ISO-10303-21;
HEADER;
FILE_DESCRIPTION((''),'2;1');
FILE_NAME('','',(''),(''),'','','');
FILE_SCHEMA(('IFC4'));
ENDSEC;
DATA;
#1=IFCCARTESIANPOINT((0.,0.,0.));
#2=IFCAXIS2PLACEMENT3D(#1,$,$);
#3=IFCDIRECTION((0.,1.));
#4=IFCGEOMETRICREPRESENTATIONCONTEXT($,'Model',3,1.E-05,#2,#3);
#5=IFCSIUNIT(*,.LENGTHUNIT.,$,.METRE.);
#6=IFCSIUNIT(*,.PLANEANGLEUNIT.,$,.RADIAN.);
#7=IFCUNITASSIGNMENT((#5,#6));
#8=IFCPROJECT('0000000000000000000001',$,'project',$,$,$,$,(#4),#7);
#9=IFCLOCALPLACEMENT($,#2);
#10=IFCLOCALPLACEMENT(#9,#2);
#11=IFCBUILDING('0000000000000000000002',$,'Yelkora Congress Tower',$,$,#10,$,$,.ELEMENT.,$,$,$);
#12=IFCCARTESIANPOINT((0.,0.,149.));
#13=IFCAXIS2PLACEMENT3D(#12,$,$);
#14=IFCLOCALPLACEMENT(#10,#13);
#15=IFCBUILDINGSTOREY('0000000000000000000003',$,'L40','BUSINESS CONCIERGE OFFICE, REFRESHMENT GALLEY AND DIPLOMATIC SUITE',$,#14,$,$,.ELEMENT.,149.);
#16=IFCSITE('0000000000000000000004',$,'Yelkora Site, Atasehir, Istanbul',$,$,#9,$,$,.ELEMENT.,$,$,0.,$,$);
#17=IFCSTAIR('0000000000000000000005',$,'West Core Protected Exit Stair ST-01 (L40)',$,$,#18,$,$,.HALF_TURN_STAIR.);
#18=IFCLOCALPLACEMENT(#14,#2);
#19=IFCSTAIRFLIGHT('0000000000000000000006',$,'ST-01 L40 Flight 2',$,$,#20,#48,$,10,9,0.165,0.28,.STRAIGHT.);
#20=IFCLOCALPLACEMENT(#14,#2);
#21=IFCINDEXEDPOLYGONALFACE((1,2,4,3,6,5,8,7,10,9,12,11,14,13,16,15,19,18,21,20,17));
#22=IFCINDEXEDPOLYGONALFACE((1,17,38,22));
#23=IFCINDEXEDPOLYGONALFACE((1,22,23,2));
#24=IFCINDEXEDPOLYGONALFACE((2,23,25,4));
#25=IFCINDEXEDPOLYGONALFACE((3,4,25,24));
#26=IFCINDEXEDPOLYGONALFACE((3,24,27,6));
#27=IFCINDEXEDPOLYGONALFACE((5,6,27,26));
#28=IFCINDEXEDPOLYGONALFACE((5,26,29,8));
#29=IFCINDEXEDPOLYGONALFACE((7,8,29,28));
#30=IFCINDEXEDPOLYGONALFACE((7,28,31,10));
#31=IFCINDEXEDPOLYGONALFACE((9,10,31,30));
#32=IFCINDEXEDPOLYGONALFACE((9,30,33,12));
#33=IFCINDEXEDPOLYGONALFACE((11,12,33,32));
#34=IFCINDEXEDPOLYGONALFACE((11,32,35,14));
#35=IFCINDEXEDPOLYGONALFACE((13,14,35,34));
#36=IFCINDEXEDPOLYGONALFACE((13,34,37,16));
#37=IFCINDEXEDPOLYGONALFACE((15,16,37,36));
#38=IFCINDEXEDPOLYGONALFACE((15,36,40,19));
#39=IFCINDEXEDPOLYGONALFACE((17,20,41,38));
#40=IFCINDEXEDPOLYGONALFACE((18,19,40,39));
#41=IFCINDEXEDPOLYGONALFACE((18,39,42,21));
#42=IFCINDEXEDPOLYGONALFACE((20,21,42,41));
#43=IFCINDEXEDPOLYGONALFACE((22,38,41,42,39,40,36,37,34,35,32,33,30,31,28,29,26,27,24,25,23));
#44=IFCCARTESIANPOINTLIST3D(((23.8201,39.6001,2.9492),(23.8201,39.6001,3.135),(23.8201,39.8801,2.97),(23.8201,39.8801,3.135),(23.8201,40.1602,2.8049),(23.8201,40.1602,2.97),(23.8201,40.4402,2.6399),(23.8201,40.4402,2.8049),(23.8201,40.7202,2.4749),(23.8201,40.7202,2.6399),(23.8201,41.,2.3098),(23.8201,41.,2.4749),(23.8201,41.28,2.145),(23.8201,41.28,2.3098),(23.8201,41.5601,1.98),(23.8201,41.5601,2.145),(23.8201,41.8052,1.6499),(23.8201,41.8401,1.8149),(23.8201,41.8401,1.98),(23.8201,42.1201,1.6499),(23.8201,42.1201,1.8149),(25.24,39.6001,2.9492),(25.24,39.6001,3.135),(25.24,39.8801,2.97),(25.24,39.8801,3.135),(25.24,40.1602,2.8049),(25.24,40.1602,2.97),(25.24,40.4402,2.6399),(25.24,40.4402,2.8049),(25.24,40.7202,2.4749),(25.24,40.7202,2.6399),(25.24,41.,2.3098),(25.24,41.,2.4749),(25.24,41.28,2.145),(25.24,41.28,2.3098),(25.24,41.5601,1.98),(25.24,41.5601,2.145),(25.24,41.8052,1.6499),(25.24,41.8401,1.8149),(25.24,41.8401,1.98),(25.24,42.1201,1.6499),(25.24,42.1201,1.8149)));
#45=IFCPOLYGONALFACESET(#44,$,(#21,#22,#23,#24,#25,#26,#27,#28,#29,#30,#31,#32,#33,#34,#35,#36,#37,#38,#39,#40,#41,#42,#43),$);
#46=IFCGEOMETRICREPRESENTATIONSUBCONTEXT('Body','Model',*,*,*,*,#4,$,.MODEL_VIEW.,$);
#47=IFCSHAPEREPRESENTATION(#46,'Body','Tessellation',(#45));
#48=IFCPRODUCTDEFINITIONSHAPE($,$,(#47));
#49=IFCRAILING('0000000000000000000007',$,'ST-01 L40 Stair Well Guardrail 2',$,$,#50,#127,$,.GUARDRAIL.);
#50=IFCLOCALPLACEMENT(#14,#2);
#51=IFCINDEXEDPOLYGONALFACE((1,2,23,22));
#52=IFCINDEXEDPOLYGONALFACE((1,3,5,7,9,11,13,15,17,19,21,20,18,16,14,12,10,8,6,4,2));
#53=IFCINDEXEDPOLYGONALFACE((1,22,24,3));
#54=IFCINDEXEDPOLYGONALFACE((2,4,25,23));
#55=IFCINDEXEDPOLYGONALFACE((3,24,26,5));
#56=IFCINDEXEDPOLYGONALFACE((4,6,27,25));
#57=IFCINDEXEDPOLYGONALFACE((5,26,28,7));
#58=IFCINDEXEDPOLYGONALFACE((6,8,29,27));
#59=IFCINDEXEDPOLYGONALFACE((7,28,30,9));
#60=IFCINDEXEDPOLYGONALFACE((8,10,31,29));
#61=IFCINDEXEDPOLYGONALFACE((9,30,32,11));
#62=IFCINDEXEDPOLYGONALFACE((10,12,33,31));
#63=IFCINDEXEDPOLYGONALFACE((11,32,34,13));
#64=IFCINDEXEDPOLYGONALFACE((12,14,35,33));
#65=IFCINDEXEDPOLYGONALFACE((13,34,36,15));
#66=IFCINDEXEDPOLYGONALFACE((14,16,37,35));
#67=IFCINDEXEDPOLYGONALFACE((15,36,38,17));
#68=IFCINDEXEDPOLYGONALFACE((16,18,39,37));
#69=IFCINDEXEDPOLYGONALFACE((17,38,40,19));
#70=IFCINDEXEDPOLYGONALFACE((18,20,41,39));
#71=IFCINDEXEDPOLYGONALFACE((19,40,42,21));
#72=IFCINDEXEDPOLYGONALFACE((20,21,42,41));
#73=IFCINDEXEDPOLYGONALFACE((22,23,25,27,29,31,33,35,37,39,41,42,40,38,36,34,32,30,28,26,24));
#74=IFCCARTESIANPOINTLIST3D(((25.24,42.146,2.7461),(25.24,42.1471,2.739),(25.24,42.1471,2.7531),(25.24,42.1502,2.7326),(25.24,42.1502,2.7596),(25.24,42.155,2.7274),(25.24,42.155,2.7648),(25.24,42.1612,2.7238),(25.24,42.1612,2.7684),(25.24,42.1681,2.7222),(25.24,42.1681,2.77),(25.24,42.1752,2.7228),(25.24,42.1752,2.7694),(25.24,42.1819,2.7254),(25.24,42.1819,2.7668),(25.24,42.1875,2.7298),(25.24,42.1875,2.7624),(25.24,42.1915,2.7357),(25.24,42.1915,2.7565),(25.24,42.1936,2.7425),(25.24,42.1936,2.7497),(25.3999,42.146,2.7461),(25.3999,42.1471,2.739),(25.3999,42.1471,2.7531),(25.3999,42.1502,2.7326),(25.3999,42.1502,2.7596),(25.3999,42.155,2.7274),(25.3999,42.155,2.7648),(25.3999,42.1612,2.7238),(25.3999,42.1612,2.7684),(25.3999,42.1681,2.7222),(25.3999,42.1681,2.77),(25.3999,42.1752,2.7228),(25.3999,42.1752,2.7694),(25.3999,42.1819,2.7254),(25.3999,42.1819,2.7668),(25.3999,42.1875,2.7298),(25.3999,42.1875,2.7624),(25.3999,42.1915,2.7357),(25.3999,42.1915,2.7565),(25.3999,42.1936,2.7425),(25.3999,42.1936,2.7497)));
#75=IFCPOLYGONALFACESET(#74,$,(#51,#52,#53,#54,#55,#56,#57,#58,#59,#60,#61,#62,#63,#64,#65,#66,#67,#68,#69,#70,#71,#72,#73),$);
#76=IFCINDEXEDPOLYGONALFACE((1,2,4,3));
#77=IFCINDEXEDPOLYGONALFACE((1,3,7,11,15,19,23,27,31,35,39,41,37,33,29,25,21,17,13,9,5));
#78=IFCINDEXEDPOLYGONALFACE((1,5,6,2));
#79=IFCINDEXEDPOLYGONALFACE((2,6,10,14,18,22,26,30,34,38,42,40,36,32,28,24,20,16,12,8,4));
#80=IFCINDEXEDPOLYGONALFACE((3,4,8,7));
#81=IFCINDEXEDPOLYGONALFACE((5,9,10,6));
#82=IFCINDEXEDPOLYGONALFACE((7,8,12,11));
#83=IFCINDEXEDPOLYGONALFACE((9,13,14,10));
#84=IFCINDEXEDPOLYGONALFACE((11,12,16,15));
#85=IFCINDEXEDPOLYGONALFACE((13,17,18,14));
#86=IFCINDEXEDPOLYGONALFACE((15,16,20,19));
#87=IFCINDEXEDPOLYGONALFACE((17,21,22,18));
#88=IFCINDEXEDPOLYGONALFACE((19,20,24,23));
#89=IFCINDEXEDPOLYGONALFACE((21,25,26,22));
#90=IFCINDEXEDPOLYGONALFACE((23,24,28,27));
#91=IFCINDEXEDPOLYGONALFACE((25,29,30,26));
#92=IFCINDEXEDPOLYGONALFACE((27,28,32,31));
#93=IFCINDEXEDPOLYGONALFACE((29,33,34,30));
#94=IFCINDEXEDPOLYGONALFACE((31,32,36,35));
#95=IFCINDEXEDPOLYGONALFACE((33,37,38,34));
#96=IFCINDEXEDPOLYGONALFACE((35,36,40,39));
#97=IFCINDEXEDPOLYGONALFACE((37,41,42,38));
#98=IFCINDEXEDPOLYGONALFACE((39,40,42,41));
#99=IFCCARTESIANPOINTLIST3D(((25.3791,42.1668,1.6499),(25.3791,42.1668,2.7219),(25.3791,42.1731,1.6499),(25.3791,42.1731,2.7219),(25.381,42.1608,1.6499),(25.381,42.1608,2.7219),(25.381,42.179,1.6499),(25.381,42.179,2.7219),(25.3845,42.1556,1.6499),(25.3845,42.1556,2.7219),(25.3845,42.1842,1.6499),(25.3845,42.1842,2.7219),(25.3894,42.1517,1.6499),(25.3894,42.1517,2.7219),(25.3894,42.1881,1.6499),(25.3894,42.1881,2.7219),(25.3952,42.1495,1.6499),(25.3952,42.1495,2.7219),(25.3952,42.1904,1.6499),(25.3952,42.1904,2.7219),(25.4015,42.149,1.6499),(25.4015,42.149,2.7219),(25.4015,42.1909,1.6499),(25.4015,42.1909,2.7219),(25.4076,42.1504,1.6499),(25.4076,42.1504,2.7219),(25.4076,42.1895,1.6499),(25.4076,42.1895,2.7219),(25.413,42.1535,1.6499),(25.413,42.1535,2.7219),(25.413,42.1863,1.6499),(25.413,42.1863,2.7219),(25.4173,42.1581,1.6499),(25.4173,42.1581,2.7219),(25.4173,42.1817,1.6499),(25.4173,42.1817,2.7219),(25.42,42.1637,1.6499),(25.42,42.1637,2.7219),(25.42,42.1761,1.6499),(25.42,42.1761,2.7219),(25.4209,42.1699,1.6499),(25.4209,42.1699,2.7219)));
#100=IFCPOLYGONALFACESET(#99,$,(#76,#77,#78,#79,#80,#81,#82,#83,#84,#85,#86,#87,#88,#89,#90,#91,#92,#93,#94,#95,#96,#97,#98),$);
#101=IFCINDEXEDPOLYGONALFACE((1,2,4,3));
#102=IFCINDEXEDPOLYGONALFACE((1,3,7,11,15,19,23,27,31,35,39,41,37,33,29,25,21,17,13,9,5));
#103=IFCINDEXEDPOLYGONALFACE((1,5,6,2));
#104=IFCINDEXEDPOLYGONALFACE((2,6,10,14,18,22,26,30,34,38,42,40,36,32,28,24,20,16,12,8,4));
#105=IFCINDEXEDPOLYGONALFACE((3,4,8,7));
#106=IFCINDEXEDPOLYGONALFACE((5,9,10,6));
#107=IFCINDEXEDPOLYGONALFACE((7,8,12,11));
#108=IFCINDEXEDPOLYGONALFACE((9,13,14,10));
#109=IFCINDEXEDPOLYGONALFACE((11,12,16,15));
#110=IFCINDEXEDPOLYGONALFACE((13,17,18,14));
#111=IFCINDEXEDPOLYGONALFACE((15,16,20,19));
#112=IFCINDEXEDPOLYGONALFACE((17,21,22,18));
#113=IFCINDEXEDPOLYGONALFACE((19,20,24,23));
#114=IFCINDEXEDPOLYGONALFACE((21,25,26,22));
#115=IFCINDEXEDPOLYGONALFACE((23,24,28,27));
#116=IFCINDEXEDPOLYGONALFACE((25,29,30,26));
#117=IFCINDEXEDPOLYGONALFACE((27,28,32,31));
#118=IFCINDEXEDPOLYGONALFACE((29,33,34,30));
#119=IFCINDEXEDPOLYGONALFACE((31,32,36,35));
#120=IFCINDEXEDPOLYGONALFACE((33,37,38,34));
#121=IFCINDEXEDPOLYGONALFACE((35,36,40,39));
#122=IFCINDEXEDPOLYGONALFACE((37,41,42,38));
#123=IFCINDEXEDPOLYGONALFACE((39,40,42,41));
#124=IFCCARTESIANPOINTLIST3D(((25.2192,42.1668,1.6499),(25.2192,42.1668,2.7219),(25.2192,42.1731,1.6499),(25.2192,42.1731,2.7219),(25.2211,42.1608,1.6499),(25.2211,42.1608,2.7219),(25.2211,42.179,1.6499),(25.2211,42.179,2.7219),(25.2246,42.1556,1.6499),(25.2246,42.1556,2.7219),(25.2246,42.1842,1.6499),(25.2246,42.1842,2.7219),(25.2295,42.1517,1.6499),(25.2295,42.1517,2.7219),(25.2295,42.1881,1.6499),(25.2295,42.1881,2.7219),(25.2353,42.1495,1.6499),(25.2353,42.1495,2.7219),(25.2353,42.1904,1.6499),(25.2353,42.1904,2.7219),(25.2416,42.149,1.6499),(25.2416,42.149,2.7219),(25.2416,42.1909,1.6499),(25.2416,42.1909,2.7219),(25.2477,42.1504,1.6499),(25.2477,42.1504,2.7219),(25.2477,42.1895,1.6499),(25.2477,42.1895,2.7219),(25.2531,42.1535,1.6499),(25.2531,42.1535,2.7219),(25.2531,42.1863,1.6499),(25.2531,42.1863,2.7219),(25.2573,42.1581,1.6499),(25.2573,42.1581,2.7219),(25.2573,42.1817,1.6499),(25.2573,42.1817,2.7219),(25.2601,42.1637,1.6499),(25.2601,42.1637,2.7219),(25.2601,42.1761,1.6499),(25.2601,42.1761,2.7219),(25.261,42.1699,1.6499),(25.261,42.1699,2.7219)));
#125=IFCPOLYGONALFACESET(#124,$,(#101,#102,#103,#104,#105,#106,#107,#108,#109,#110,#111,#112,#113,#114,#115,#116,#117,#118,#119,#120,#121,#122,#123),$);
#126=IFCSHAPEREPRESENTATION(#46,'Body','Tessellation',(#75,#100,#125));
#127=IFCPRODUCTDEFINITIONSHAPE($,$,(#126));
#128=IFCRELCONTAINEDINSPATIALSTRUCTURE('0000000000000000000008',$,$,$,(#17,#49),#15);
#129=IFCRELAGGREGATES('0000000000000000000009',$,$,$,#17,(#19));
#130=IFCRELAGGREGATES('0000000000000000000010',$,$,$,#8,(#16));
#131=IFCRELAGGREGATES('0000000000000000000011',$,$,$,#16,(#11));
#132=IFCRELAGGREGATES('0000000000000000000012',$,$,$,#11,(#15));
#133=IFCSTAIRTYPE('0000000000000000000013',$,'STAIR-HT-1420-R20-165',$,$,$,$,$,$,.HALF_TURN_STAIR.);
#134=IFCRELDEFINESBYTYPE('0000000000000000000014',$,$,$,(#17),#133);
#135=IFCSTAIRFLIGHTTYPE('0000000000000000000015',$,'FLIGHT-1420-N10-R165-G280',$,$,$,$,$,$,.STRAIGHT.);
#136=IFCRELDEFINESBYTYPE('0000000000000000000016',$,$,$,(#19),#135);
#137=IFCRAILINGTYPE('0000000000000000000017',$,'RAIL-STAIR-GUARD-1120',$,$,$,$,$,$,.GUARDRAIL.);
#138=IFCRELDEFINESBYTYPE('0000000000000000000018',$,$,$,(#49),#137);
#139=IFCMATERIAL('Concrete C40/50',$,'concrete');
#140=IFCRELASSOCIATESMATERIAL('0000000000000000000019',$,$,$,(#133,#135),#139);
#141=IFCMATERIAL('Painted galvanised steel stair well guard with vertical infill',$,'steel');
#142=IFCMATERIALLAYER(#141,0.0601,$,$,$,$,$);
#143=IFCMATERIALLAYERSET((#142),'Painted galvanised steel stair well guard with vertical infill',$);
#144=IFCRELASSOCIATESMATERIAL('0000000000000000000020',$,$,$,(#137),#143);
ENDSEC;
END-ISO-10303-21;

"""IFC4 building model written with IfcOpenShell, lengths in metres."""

from ifc_helpers import new_model, si_unit, direction, frame, origin, origin_2d, place, context, subcontext, project, spatial, polyline, circle, outline, extrude, material, layer, layer_set, type_object, element, aggregate, save


model = new_model("IFC4")

# Units and contexts
model_context = context("Model", 3, precision=1e-05, world=origin(), true_north=direction((0.0, 1.0)))
body_context = subcontext(model_context, "Body", "Model", "MODEL_VIEW")
ifc_project = project(units=[si_unit("LENGTHUNIT", "METRE"), si_unit("PLANEANGLEUNIT", "RADIAN")], contexts=[model_context])

# Site, building, storey
site_placement = place(None, origin())
site = spatial("IfcSite", under=ifc_project, at=site_placement, Name="Yelkora Site, Atasehir, Istanbul", CompositionType="ELEMENT", RefElevation=0.0)
building_placement = place(site_placement, origin())
building = spatial("IfcBuilding", under=site, at=building_placement, Name="Yelkora Congress Tower", CompositionType="ELEMENT")
storey_placement = place(building_placement, frame((0.0, 0.0, 149.0)))
storey = spatial("IfcBuildingStorey", under=building, at=storey_placement, Name="L40", Description="BUSINESS CONCIERGE OFFICE, REFRESHMENT GALLEY AND DIPLOMATIC SUITE", CompositionType="ELEMENT", Elevation=149.0)

# Stair, stair flight
ifc_material_1 = material(Name="Concrete C40/50", Category="concrete")
stair_type = type_object("IfcStairType", Name="STAIR-HT-1420-R20-165", PredefinedType="HALF_TURN_STAIR", material=ifc_material_1)
stair_placement = place(storey_placement, origin())
stair = element("IfcStair", 1, at=stair_placement, inside=storey, type_object=stair_type, Name="West Core Protected Exit Stair ST-01 (L40)", PredefinedType="HALF_TURN_STAIR")
stair_flight_type = type_object("IfcStairFlightType", Name="FLIGHT-1420-N10-R165-G280", PredefinedType="STRAIGHT", material=ifc_material_1)
stair_flight_placement = place(storey_placement, frame((24.53, 42.1201, 1.6499), z_axis=(0.0, 0.0, 1.0), x_axis=(0.0, -1.0, 0.0)))
stair_flight = element("IfcStairFlight", 2, at=stair_flight_placement, type_object=stair_flight_type, Name="ST-01 L40 Flight 2", NumberOfRisers=10, NumberOfTreads=9, PredefinedType="STRAIGHT", RiserHeight=0.165, TreadLength=0.28, context=body_context, shape_type="SweptSolid", body=[
    extrude(outline(polyline([(0.0, 0.0), (0.0, 0.165), (0.28, 0.165), (0.28, 0.3301), (0.5601, 0.3301), (0.5601, 0.4951), (0.8401, 0.4951), (0.8401, 0.6599), (1.1201, 0.6599), (1.1201, 0.825), (1.3999, 0.825), (1.3999, 0.99), (1.6799, 0.99), (1.6799, 1.155), (1.96, 1.155), (1.96, 1.3201), (2.24, 1.3201), (2.24, 1.4851), (2.52, 1.4851), (2.52, 1.6499), (2.52, 1.2993), (0.3149, 0.0), (0.0, 0.0)])), frame((0.0, 0.71, 0.0), z_axis=(0.0, -1.0, 0.0), x_axis=(1.0, 0.0, 0.0)), (0.0, 0.0, 1.0), 1.4199),
])
aggregate(stair, [stair_flight])

# Railing
ifc_material_2 = material(Name="Painted galvanised steel stair well guard with vertical infill", Category="steel")
ifc_layer_1 = layer(ifc_material_2, 0.0601)
ifc_layer_set_1 = layer_set([ifc_layer_1], Name="Painted galvanised steel stair well guard with vertical infill")
railing_type = type_object("IfcRailingType", Name="RAIL-STAIR-GUARD-1120", PredefinedType="GUARDRAIL", material=ifc_layer_set_1)
railing_1_placement = place(storey_placement, frame((25.3999, 42.1699, 1.6499)))
element("IfcRailing", 3, at=railing_1_placement, inside=storey, type_object=railing_type, Name="ST-01 L40 Stair Well Guardrail 2", PredefinedType="GUARDRAIL", context=body_context, shape_type="SweptSolid", body=[
    extrude(circle(Radius=0.0239, at=origin_2d()), frame((0.0, 0.0, 1.0962), z_axis=(-1.0, 0.0, 0.0), x_axis=(0.0, -1.0, 0.0)), (0.0, 0.0, 1.0), 0.1599),
    extrude(circle(Radius=0.021, at=origin_2d()), origin(), (0.0, 0.0, 1.0), 1.072),
    extrude(circle(Radius=0.021, at=origin_2d()), frame((-0.1599, 0.0, 0.0)), (0.0, 0.0, 1.0), 1.072),
])

save(model, "model.ifc")
